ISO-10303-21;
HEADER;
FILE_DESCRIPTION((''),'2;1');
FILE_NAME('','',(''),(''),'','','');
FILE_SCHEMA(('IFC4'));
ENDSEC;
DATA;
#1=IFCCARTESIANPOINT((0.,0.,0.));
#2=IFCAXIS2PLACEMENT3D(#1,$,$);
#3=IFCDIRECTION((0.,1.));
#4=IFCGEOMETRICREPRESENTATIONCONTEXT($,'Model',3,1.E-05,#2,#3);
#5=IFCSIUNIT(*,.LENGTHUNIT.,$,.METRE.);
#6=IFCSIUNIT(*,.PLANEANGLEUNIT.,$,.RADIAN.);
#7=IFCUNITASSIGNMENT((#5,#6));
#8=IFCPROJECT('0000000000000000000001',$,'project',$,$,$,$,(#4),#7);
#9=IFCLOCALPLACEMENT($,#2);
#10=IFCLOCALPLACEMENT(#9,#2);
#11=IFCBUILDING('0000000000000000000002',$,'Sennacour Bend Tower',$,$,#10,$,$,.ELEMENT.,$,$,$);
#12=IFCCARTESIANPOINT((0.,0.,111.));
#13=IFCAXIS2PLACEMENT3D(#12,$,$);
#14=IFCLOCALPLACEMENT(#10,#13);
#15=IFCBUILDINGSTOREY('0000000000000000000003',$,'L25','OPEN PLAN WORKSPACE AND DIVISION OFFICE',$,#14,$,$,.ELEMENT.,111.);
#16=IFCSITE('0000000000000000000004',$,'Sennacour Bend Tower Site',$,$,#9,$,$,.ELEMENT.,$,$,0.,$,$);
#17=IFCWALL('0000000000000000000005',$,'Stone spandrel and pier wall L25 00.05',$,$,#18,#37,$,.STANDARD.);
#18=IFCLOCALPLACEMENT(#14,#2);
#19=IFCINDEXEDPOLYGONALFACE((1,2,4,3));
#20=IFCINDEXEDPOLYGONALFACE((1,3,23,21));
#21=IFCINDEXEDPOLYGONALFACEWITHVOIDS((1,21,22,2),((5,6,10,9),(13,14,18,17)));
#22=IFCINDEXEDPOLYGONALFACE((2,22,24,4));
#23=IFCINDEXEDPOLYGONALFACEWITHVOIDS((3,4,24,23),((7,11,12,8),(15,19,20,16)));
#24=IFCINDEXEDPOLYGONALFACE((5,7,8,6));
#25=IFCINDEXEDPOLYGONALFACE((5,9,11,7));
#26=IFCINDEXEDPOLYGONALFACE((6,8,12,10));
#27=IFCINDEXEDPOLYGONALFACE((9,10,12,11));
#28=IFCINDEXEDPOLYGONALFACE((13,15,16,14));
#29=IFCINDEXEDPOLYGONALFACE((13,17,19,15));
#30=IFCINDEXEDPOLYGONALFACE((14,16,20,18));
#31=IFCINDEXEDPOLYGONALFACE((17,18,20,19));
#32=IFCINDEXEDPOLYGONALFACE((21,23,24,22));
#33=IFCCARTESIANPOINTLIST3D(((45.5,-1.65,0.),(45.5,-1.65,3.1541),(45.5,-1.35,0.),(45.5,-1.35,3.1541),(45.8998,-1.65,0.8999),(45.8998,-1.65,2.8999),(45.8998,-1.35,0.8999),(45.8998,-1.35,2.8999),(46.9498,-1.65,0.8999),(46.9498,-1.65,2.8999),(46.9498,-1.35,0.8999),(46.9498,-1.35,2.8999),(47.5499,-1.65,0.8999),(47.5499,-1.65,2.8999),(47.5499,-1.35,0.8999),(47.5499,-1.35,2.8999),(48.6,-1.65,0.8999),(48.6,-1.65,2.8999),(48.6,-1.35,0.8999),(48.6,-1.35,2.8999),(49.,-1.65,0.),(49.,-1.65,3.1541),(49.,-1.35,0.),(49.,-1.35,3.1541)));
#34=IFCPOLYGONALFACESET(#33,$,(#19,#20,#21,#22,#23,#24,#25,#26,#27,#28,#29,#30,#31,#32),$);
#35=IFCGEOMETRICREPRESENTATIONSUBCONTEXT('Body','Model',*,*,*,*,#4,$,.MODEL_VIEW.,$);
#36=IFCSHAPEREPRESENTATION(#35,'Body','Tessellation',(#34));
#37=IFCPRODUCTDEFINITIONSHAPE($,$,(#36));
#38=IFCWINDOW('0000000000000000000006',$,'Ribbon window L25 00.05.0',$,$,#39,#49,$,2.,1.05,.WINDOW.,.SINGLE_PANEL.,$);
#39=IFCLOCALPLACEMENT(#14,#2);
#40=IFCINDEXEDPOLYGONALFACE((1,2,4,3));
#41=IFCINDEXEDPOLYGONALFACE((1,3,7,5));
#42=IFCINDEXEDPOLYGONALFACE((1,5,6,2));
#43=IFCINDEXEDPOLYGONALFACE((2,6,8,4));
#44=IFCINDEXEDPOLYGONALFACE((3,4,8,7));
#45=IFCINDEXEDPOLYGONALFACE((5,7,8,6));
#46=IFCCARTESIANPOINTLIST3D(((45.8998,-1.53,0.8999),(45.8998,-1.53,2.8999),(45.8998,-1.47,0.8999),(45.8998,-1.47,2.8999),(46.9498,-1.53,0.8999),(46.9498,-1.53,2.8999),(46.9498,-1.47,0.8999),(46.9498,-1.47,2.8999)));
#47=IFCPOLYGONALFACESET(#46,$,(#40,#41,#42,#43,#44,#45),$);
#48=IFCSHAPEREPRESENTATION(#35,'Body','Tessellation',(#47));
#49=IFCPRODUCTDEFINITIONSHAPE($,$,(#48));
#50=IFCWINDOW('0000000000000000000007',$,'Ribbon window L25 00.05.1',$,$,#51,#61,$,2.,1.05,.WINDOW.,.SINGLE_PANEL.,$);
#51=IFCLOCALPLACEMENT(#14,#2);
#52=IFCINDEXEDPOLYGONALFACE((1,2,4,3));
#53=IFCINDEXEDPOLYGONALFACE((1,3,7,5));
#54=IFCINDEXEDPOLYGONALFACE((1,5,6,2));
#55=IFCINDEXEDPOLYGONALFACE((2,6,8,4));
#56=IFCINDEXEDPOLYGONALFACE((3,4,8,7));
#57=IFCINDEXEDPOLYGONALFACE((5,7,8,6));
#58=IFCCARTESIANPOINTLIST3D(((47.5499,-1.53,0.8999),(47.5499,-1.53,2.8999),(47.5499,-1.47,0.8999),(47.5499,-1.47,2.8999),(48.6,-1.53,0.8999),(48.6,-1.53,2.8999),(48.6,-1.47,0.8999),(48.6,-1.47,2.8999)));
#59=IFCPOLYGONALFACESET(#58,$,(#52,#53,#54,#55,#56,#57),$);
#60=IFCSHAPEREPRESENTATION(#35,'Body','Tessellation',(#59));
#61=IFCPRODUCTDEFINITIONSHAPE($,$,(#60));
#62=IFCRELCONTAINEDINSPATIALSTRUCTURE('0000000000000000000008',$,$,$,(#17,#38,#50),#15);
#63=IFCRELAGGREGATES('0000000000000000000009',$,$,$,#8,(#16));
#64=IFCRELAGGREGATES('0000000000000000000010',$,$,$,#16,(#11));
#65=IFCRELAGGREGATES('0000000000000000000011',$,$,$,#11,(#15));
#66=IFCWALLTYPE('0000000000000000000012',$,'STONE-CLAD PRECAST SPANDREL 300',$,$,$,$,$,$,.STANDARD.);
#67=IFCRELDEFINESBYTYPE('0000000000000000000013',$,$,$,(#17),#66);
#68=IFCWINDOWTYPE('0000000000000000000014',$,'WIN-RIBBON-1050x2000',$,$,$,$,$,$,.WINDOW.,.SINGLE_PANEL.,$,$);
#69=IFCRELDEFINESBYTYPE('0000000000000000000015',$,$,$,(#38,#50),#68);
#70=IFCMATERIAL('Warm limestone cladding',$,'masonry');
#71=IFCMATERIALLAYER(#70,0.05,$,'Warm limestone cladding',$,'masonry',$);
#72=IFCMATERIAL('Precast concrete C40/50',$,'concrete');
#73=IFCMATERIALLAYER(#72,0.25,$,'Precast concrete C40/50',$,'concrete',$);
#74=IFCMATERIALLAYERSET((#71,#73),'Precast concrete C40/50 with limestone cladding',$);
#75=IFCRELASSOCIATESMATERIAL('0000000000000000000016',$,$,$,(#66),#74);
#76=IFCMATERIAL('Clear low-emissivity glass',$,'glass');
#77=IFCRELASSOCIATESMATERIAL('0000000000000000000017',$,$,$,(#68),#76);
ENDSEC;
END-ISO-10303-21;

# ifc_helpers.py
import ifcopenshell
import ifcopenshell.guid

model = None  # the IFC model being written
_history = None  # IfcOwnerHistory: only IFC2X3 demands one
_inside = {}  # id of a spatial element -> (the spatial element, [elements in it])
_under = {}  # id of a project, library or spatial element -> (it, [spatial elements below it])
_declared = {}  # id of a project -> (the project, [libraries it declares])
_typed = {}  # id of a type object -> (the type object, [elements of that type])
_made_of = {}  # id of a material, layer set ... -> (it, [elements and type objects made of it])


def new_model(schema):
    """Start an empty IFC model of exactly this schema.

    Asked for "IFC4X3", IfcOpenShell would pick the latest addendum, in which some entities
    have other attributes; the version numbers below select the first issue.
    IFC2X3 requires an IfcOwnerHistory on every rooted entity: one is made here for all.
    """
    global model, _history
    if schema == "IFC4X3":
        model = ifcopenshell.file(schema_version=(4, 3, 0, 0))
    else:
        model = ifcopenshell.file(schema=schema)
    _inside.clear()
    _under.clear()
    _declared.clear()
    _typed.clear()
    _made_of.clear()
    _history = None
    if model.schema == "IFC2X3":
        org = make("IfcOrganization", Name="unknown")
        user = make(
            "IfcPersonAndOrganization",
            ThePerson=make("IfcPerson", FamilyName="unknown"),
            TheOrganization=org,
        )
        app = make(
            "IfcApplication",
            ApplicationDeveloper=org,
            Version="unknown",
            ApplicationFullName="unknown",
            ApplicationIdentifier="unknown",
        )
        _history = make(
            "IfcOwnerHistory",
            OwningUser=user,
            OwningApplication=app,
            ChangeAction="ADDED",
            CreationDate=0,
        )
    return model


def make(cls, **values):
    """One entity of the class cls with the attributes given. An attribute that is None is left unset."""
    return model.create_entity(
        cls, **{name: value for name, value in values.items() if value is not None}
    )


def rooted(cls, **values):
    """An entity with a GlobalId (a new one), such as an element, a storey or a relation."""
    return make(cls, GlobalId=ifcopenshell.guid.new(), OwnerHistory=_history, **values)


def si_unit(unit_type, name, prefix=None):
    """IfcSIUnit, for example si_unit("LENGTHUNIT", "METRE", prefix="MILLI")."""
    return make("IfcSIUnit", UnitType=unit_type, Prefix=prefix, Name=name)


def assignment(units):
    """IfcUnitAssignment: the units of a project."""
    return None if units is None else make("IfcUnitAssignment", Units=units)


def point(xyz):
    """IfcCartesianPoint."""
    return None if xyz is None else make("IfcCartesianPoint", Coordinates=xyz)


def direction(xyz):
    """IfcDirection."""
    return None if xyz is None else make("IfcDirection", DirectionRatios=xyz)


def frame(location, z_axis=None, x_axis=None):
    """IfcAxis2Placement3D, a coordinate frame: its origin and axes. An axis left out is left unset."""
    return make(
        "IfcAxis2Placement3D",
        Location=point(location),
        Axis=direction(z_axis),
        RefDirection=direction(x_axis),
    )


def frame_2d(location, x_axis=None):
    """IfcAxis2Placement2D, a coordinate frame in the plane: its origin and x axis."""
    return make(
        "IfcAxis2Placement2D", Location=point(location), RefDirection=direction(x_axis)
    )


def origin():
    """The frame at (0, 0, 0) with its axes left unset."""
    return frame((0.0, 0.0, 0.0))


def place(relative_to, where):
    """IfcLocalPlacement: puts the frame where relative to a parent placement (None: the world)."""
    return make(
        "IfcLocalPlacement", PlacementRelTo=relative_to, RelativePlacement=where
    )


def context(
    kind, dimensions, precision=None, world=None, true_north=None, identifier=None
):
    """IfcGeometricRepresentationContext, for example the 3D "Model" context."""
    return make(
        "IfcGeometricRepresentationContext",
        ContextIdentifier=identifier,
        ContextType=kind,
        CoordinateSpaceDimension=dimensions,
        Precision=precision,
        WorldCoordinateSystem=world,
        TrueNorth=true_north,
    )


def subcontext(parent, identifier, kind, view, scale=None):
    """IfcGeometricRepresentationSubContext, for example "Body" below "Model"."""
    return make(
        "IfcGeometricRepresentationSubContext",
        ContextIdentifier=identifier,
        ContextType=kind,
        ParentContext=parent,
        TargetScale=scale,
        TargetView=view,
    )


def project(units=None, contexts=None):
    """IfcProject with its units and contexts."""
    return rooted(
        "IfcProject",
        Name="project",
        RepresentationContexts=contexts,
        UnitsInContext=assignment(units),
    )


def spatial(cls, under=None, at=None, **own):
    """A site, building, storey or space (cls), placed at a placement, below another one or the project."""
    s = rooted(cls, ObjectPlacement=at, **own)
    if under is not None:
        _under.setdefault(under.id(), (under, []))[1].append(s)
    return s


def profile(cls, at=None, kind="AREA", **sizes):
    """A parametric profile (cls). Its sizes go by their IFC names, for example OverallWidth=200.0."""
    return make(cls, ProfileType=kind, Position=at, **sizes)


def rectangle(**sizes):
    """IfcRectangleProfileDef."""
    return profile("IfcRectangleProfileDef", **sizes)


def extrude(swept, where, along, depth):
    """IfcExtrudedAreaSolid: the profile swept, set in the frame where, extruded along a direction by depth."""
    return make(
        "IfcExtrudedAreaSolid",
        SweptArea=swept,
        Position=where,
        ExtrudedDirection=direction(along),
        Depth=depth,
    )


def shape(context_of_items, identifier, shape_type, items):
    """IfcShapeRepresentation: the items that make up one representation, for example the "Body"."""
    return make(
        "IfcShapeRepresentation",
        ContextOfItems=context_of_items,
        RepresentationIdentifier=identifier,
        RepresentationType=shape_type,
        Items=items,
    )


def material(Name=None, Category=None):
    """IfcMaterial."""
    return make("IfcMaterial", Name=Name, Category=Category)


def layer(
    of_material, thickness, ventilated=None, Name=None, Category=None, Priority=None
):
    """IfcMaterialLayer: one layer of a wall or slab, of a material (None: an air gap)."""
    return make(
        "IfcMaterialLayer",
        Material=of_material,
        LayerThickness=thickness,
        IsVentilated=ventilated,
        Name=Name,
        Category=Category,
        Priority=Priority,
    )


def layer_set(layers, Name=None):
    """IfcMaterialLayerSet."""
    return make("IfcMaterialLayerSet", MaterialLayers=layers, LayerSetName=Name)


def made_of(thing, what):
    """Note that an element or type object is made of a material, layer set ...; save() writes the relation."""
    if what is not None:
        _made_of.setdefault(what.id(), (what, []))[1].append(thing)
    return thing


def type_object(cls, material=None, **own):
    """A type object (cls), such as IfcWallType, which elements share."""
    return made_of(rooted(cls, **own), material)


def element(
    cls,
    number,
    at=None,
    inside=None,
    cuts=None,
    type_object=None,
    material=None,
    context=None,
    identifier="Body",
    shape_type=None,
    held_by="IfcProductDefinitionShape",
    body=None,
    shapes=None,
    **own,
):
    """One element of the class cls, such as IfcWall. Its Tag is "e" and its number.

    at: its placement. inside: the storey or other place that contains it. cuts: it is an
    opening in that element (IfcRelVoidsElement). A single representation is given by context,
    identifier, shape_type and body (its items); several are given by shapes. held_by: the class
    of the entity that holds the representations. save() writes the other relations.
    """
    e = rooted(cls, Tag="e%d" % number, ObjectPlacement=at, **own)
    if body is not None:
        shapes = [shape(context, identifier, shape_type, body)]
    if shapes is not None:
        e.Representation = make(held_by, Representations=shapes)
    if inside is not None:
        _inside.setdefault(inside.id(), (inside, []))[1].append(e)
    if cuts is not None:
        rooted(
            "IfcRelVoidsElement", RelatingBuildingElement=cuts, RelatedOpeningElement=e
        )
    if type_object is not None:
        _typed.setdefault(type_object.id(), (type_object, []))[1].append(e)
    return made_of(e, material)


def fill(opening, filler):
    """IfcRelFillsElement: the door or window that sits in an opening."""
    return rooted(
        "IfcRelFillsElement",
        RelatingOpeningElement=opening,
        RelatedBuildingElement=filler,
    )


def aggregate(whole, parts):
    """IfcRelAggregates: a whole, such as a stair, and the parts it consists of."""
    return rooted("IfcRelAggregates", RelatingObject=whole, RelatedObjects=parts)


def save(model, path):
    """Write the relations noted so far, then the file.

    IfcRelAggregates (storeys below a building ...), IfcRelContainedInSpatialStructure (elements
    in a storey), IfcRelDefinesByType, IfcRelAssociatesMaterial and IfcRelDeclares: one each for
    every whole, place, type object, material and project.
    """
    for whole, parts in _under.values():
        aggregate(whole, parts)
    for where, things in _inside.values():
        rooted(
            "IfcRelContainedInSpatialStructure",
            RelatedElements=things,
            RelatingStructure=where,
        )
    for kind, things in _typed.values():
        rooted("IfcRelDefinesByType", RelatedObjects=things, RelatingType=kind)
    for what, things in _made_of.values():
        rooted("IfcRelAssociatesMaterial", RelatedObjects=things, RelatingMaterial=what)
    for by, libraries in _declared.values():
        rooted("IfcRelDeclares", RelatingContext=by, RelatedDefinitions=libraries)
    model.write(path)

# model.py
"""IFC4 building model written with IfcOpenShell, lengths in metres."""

from ifc_helpers import new_model, si_unit, direction, frame, frame_2d, origin, place, context, subcontext, project, spatial, rectangle, extrude, material, layer, layer_set, type_object, element, fill, save


model = new_model("IFC4")

# Units and contexts
model_context = context("Model", 3, precision=1e-05, world=origin(), true_north=direction((0.0, 1.0)))
body_context = subcontext(model_context, "Body", "Model", "MODEL_VIEW")
ifc_project = project(units=[si_unit("LENGTHUNIT", "METRE"), si_unit("PLANEANGLEUNIT", "RADIAN")], contexts=[model_context])

# Site, building, storey
site_placement = place(None, origin())
site = spatial("IfcSite", under=ifc_project, at=site_placement, Name="Sennacour Bend Tower Site", CompositionType="ELEMENT", RefElevation=0.0)
building_placement = place(site_placement, origin())
building = spatial("IfcBuilding", under=site, at=building_placement, Name="Sennacour Bend Tower", CompositionType="ELEMENT")
storey_placement = place(building_placement, frame((0.0, 0.0, 111.0)))
storey = spatial("IfcBuildingStorey", under=building, at=storey_placement, Name="L25", Description="OPEN PLAN WORKSPACE AND DIVISION OFFICE", CompositionType="ELEMENT", Elevation=111.0)

# Wall, openings, windows
ifc_material_1 = material(Name="Warm limestone cladding", Category="masonry")
ifc_layer_1 = layer(ifc_material_1, 0.05, Name="Warm limestone cladding", Category="masonry")
ifc_material_2 = material(Name="Precast concrete C40/50", Category="concrete")
ifc_layer_2 = layer(ifc_material_2, 0.25, Name="Precast concrete C40/50", Category="concrete")
ifc_layer_set_1 = layer_set([ifc_layer_1, ifc_layer_2], Name="Precast concrete C40/50 with limestone cladding")
wall_type_1 = type_object("IfcWallType", Name="STONE-CLAD PRECAST SPANDREL 300", PredefinedType="STANDARD", material=ifc_layer_set_1)
wall_1_placement = place(storey_placement, frame((45.5, -1.5, 0.0), z_axis=(0.0, 0.0, 1.0), x_axis=(1.0, 0.0, 0.0)))
wall_1 = element("IfcWall", 1, at=wall_1_placement, inside=storey, type_object=wall_type_1, Name="Stone spandrel and pier wall L25 00.05", PredefinedType="STANDARD", context=body_context, shape_type="SweptSolid", body=[
    extrude(rectangle(XDim=3.5, YDim=0.3, at=frame_2d((1.75, 0.0))), origin(), (0.0, 0.0, 1.0), 3.1541),
])
opening_1_placement = place(wall_1_placement, frame((0.3999, 0.0, 0.8999)))
opening_1 = element("IfcOpeningElement", 2, at=opening_1_placement, cuts=wall_1, PredefinedType="OPENING", context=body_context, shape_type="SweptSolid", body=[
    extrude(rectangle(XDim=1.05, YDim=2.0, at=frame_2d((0.5249, 1.0))), frame((0.0, 0.1602, 0.0), z_axis=(0.0, -1.0, 0.0), x_axis=(1.0, 0.0, 0.0)), (0.0, 0.0, 1.0), 0.3201),
])
opening_2_placement = place(wall_1_placement, frame((2.05, 0.0, 0.8999)))
opening_2 = element("IfcOpeningElement", 3, at=opening_2_placement, cuts=wall_1, PredefinedType="OPENING", context=body_context, shape_type="SweptSolid", body=[
    extrude(rectangle(XDim=1.05, YDim=2.0, at=frame_2d((0.5249, 1.0))), frame((0.0, 0.1602, 0.0), z_axis=(0.0, -1.0, 0.0), x_axis=(1.0, 0.0, 0.0)), (0.0, 0.0, 1.0), 0.3201),
])
ifc_material_3 = material(Name="Clear low-emissivity glass", Category="glass")
window_type = type_object("IfcWindowType", Name="WIN-RIBBON-1050x2000", PartitioningType="SINGLE_PANEL", PredefinedType="WINDOW", material=ifc_material_3)
window_1_placement = place(opening_1_placement, origin())
window_1 = element("IfcWindow", 4, at=window_1_placement, inside=storey, type_object=window_type, Name="Ribbon window L25 00.05.0", OverallHeight=2.0, OverallWidth=1.05, PartitioningType="SINGLE_PANEL", PredefinedType="WINDOW", context=body_context, shape_type="SweptSolid", body=[
    extrude(rectangle(XDim=1.05, YDim=2.0, at=frame_2d((0.5249, 1.0))), frame((0.0, 0.03, 0.0), z_axis=(0.0, -1.0, 0.0), x_axis=(1.0, 0.0, 0.0)), (0.0, 0.0, 1.0), 0.0601),
])
fill(opening_1, window_1)
window_2_placement = place(opening_2_placement, origin())
window_2 = element("IfcWindow", 5, at=window_2_placement, inside=storey, type_object=window_type, Name="Ribbon window L25 00.05.1", OverallHeight=2.0, OverallWidth=1.05, PartitioningType="SINGLE_PANEL", PredefinedType="WINDOW", context=body_context, shape_type="SweptSolid", body=[
    extrude(rectangle(XDim=1.05, YDim=2.0, at=frame_2d((0.5249, 1.0))), frame((0.0, 0.03, 0.0), z_axis=(0.0, -1.0, 0.0), x_axis=(1.0, 0.0, 0.0)), (0.0, 0.0, 1.0), 0.0601),
])
fill(opening_2, window_2)

save(model, "model.ifc")
